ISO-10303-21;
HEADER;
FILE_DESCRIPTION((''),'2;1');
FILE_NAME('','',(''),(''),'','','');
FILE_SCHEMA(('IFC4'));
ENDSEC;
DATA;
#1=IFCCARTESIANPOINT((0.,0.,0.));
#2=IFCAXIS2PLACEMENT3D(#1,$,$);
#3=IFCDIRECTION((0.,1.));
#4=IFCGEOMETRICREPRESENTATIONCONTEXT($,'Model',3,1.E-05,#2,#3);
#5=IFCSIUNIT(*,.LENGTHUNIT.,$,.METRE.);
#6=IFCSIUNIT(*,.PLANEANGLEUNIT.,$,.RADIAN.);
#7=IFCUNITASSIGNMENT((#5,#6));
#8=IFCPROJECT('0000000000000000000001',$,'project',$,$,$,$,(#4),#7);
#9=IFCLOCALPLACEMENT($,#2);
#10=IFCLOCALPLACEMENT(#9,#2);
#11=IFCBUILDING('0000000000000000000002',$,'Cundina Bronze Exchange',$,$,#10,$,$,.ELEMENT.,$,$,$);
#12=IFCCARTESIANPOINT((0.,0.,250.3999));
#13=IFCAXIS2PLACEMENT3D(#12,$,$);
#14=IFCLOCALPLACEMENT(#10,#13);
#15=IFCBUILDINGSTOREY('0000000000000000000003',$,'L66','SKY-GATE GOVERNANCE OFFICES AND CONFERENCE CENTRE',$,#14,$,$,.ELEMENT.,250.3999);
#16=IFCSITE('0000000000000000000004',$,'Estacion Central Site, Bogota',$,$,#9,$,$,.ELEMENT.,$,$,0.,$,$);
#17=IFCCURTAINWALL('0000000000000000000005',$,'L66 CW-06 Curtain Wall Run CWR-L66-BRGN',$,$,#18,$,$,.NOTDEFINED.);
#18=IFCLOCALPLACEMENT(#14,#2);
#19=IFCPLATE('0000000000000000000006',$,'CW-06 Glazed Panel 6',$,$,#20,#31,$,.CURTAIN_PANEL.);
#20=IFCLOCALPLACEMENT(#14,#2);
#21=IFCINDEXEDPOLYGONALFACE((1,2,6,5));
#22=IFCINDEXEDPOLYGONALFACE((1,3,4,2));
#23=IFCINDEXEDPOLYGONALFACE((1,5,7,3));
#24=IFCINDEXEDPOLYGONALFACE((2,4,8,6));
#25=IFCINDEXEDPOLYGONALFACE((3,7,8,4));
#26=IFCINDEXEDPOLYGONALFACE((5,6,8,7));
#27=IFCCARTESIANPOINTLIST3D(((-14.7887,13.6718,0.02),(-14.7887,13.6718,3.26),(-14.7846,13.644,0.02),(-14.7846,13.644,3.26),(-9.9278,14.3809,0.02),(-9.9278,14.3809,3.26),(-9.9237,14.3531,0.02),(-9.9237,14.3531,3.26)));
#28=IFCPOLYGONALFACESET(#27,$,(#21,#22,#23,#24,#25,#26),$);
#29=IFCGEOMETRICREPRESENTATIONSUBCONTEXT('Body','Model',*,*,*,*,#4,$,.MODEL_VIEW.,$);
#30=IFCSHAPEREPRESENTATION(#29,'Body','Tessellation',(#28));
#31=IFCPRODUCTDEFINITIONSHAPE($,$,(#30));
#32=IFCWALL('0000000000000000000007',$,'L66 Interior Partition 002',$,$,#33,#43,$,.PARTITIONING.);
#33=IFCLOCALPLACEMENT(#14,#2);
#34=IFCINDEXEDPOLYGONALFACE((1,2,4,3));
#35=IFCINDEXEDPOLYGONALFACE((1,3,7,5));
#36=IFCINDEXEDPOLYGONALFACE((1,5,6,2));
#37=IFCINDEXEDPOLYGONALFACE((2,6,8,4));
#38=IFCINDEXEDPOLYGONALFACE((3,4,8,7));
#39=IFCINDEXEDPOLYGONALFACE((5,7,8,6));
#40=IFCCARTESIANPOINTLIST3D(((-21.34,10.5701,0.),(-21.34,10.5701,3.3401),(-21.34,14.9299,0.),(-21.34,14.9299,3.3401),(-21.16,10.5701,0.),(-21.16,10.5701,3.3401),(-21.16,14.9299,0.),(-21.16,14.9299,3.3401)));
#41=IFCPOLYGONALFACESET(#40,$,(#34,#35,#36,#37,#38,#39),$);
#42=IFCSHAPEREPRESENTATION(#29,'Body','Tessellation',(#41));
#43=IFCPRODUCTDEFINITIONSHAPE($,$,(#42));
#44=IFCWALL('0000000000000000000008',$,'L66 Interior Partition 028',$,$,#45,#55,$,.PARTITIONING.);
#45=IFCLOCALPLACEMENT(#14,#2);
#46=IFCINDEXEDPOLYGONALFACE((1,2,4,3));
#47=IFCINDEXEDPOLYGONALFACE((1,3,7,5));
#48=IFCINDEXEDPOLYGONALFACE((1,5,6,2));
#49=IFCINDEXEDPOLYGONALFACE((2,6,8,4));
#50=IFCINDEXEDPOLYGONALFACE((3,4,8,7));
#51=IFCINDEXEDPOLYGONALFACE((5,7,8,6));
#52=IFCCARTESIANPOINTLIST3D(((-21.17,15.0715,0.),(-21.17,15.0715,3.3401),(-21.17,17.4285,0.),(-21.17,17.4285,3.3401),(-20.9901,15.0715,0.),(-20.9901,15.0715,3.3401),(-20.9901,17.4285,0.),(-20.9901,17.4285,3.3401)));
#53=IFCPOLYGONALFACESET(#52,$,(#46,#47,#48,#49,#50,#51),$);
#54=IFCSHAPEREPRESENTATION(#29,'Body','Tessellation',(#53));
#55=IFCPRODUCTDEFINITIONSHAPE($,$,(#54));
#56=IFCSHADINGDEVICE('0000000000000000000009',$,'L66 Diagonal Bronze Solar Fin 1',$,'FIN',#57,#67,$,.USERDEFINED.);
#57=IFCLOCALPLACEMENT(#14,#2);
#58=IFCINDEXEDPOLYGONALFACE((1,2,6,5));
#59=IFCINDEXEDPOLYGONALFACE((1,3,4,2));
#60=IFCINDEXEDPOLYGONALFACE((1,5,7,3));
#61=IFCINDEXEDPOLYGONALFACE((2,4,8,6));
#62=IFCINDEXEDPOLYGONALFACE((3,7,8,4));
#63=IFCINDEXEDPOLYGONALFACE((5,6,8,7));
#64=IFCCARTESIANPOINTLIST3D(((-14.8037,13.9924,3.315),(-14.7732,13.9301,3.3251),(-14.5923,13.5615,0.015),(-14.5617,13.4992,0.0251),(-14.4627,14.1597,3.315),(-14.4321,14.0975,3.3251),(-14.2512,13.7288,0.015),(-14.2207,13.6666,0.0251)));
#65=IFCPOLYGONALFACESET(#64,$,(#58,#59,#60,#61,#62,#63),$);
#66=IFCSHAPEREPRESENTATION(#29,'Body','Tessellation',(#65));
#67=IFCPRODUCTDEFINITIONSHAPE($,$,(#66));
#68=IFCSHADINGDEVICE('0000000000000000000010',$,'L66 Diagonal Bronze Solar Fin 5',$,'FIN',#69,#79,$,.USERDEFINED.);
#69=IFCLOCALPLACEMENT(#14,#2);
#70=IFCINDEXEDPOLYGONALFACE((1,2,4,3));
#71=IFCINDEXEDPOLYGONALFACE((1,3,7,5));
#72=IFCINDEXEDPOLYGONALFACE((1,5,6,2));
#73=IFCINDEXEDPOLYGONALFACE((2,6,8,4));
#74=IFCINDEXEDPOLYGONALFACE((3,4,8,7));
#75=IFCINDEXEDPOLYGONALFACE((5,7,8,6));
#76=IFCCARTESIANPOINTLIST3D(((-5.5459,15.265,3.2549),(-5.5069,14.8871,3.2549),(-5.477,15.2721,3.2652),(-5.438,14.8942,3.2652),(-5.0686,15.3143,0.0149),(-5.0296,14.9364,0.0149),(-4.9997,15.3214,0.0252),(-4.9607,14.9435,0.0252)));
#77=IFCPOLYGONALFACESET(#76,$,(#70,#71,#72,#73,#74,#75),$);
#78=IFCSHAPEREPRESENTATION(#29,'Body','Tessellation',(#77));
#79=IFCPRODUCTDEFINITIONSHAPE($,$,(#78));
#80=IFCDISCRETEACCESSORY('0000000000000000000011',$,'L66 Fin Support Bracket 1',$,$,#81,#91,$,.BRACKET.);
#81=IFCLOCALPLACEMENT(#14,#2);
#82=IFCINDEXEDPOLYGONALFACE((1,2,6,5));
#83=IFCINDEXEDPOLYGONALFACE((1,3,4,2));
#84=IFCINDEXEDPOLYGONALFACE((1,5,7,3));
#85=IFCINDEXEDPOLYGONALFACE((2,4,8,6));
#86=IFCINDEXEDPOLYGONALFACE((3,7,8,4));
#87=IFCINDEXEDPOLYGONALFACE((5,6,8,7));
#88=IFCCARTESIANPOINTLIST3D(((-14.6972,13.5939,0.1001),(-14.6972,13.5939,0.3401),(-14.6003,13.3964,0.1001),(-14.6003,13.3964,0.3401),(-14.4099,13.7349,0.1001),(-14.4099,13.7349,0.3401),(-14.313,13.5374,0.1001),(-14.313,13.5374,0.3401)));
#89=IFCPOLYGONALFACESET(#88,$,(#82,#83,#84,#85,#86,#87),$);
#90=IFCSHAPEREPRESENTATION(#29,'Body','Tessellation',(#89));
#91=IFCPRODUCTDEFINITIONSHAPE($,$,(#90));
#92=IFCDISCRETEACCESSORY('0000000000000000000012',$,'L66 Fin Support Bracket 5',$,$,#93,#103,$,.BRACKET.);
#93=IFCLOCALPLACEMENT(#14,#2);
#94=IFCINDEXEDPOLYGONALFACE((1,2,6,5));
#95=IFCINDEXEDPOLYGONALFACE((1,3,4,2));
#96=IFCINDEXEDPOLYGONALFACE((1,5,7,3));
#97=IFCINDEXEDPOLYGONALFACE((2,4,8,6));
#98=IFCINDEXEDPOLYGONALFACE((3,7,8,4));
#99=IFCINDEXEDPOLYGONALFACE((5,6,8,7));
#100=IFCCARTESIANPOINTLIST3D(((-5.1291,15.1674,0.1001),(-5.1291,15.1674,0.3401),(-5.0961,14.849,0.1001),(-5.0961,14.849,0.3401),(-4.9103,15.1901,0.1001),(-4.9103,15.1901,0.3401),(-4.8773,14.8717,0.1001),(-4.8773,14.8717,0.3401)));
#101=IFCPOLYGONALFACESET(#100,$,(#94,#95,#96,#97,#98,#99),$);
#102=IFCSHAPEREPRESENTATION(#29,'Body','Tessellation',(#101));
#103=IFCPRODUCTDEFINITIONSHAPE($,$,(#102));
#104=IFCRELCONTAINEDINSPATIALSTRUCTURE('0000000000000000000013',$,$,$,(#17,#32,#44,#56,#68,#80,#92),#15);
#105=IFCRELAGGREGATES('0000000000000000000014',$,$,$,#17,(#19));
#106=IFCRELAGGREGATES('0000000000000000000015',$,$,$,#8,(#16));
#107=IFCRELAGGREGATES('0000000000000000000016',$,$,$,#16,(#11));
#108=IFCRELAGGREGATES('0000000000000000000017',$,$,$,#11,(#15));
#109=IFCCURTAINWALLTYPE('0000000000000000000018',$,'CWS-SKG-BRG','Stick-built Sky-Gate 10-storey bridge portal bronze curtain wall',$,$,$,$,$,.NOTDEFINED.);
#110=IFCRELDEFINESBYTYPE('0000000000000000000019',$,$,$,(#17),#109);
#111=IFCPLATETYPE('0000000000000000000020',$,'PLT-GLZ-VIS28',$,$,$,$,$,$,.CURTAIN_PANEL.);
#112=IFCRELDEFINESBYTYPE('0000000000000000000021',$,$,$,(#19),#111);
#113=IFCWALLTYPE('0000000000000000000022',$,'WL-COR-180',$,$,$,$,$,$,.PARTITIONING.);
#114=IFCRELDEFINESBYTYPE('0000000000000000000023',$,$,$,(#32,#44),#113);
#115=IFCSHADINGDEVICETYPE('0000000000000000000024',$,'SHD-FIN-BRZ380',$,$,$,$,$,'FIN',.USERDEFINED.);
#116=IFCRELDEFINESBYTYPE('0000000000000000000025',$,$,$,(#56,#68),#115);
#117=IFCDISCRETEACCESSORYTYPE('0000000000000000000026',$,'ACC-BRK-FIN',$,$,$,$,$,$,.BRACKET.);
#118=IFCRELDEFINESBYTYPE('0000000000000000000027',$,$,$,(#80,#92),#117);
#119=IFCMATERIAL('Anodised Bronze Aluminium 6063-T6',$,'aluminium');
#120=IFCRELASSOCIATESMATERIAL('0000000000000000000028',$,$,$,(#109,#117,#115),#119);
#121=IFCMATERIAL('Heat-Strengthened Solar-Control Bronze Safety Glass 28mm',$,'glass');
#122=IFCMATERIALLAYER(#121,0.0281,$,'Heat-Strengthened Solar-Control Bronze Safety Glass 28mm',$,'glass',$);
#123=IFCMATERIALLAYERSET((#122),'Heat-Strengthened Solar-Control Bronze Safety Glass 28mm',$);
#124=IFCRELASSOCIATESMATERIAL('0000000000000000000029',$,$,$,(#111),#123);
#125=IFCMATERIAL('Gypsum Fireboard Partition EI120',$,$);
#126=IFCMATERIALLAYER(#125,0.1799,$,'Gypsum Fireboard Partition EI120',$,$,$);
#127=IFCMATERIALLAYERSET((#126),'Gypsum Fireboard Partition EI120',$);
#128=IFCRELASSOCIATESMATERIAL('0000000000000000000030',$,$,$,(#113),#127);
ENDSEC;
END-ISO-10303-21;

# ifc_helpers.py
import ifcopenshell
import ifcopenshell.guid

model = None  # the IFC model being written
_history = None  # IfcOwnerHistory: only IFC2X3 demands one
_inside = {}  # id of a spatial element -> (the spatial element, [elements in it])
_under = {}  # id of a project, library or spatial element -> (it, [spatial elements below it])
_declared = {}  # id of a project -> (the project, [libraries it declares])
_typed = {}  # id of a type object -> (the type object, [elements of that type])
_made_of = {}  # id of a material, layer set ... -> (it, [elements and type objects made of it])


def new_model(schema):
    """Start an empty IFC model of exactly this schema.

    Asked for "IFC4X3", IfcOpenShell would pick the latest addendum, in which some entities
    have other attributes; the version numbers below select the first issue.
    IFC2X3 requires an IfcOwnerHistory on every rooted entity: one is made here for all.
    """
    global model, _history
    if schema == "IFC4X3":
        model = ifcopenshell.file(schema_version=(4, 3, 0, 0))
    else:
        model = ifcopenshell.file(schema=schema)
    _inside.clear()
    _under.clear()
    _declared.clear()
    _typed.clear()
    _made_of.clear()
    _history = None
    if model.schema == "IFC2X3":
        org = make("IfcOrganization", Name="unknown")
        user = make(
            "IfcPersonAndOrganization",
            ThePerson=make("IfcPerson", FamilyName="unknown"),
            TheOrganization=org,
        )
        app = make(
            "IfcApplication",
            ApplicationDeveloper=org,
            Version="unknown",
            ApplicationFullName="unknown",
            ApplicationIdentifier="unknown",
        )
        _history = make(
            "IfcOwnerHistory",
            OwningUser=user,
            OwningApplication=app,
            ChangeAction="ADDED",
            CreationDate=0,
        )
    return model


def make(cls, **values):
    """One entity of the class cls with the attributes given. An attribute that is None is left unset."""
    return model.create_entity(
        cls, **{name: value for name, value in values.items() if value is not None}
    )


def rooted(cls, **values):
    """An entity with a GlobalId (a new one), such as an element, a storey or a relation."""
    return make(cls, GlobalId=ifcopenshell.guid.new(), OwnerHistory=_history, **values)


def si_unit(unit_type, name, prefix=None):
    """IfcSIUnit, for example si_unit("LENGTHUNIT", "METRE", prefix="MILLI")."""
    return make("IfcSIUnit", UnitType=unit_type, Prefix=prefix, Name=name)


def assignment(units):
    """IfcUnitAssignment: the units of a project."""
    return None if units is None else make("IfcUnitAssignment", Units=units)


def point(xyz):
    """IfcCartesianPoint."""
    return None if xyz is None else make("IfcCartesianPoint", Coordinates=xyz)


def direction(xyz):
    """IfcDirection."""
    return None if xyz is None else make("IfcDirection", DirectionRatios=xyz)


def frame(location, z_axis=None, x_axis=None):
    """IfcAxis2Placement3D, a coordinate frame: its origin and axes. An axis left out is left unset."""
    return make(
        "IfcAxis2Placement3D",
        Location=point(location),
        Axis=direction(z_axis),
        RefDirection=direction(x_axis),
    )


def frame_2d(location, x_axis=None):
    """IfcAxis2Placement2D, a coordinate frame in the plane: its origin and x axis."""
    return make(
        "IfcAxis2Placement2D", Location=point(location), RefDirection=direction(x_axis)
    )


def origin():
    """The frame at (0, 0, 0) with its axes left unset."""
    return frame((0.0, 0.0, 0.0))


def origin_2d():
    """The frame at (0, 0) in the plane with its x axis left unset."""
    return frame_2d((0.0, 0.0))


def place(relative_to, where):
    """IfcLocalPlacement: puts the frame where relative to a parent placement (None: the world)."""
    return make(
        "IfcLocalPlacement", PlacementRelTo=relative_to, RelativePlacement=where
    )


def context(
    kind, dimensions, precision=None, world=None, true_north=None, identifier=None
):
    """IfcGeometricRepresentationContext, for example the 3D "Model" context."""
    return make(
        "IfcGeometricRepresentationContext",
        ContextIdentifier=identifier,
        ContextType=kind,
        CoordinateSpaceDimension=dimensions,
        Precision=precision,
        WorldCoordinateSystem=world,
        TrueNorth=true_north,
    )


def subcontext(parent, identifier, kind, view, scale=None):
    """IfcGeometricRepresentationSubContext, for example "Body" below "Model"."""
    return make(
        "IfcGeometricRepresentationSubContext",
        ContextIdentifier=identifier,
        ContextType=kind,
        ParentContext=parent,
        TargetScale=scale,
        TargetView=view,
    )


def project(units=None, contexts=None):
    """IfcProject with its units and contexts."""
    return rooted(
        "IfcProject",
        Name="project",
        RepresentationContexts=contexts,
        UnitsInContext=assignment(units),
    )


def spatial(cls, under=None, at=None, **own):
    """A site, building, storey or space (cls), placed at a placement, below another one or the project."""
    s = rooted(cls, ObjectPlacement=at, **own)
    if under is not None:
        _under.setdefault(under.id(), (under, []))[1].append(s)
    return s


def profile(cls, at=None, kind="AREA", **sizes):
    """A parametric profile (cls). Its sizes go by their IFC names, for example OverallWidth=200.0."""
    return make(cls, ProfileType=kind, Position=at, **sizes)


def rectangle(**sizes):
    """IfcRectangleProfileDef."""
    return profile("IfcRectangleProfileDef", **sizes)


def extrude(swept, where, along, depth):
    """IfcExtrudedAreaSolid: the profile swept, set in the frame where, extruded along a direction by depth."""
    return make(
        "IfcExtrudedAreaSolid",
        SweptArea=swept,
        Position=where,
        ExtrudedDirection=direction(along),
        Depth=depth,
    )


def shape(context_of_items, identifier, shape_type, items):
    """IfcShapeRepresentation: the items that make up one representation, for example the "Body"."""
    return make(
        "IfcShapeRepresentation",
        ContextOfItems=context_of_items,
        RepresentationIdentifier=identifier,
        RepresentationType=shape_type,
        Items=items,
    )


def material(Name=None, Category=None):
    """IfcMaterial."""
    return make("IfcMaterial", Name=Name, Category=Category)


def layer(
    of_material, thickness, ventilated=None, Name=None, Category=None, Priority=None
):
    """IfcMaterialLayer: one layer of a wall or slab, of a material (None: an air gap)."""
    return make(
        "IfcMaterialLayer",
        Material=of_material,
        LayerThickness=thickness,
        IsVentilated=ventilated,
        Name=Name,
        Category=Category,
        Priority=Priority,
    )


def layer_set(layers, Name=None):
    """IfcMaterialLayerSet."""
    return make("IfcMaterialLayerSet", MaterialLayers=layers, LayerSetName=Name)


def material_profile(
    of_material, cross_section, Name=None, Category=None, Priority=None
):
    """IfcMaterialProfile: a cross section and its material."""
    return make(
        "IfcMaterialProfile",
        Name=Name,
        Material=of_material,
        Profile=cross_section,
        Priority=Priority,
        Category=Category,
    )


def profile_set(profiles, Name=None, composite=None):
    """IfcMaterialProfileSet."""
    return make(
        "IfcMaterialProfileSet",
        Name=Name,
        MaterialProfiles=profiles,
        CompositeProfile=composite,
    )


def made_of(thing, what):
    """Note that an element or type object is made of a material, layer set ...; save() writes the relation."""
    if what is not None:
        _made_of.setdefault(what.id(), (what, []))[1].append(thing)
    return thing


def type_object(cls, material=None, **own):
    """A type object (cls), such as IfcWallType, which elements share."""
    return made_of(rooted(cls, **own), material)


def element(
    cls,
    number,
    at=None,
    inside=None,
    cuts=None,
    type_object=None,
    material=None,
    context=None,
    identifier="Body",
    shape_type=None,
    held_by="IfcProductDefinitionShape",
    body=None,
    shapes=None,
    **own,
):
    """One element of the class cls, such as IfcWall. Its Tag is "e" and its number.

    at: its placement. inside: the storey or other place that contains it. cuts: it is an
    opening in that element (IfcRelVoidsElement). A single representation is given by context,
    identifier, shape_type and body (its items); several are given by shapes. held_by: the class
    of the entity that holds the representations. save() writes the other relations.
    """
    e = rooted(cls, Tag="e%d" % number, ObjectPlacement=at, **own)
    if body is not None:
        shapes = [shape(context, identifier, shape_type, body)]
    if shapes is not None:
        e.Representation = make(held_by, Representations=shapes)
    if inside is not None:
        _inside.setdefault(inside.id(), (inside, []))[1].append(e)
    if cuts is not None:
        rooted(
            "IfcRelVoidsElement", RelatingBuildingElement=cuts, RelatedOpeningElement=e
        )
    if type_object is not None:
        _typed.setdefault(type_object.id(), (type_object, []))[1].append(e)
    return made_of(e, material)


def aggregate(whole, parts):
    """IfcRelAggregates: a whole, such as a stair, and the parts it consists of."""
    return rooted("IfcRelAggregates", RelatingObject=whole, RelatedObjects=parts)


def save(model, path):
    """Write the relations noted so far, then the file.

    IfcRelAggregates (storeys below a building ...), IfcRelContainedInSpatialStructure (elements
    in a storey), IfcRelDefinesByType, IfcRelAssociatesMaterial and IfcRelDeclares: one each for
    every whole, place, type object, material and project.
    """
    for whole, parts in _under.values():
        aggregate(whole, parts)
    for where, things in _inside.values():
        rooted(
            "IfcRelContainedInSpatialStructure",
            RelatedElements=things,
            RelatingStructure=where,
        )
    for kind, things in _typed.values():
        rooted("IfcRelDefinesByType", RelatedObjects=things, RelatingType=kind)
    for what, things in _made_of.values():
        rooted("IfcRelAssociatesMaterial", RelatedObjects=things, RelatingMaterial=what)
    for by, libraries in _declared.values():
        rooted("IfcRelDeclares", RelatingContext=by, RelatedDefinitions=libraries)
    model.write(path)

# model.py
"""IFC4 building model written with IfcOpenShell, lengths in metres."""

from ifc_helpers import new_model, si_unit, direction, frame, frame_2d, origin, origin_2d, place, context, subcontext, project, spatial, rectangle, extrude, material, layer, layer_set, material_profile, profile_set, type_object, element, aggregate, save


model = new_model("IFC4")

# Units and contexts
model_context = context("Model", 3, precision=1e-05, world=origin(), true_north=direction((0.0, 1.0)))
body_context = subcontext(model_context, "Body", "Model", "MODEL_VIEW")
ifc_project = project(units=[si_unit("LENGTHUNIT", "METRE"), si_unit("PLANEANGLEUNIT", "RADIAN")], contexts=[model_context])

# Site, building, storey
site_placement = place(None, origin())
site = spatial("IfcSite", under=ifc_project, at=site_placement, Name="Estacion Central Site, Bogota", CompositionType="ELEMENT", RefElevation=0.0)
building_placement = place(site_placement, origin())
building = spatial("IfcBuilding", under=site, at=building_placement, Name="Cundina Bronze Exchange", CompositionType="ELEMENT")
storey_placement = place(building_placement, frame((0.0, 0.0, 250.3999)))
storey = spatial("IfcBuildingStorey", under=building, at=storey_placement, Name="L66", Description="SKY-GATE GOVERNANCE OFFICES AND CONFERENCE CENTRE", CompositionType="ELEMENT", Elevation=250.3999)

# Curtain wall
ifc_material_1 = material(Name="Anodised Bronze Aluminium 6063-T6", Category="aluminium")
curtain_wall_type = type_object("IfcCurtainWallType", Name="CWS-SKG-BRG", Description="Stick-built Sky-Gate 10-storey bridge portal bronze curtain wall", PredefinedType="NOTDEFINED", material=ifc_material_1)
curtain_wall_1_placement = place(storey_placement, origin())
curtain_wall_1 = element("IfcCurtainWall", 1, at=curtain_wall_1_placement, inside=storey, type_object=curtain_wall_type, Name="L66 CW-06 Curtain Wall Run CWR-L66-BRGN", PredefinedType="NOTDEFINED")

# Plate
ifc_material_2 = material(Name="Heat-Strengthened Solar-Control Bronze Safety Glass 28mm", Category="glass")
ifc_layer_1 = layer(ifc_material_2, 0.0281, Name="Heat-Strengthened Solar-Control Bronze Safety Glass 28mm", Category="glass")
ifc_layer_set_1 = layer_set([ifc_layer_1], Name="Heat-Strengthened Solar-Control Bronze Safety Glass 28mm")
plate_type = type_object("IfcPlateType", Name="PLT-GLZ-VIS28", PredefinedType="CURTAIN_PANEL", material=ifc_layer_set_1)
plate_1_placement = place(storey_placement, frame((-12.3562, 14.0125, 0.02), z_axis=(0.0, 0.0, 1.0), x_axis=(-0.989528, -0.144339, 0.0)))
plate_1 = element("IfcPlate", 2, at=plate_1_placement, type_object=plate_type, Name="CW-06 Glazed Panel 6", PredefinedType="CURTAIN_PANEL", context=body_context, shape_type="SweptSolid", body=[
    extrude(rectangle(XDim=4.9124, YDim=0.0281, at=origin_2d()), origin(), (0.0, 0.0, 1.0), 3.24),
])
aggregate(curtain_wall_1, [plate_1])

# Wall
ifc_material_3 = material(Name="Gypsum Fireboard Partition EI120")
ifc_layer_2 = layer(ifc_material_3, 0.1799, Name="Gypsum Fireboard Partition EI120")
ifc_layer_set_2 = layer_set([ifc_layer_2], Name="Gypsum Fireboard Partition EI120")
wall_type = type_object("IfcWallType", Name="WL-COR-180", PredefinedType="PARTITIONING", material=ifc_layer_set_2)
wall_1_placement = place(storey_placement, frame((-21.25, 10.5701, 0.0), z_axis=(0.0, 0.0, 1.0), x_axis=(0.0, 1.0, 0.0)))
element("IfcWall", 3, at=wall_1_placement, inside=storey, type_object=wall_type, Name="L66 Interior Partition 002", PredefinedType="PARTITIONING", context=body_context, shape_type="SweptSolid", body=[
    extrude(rectangle(XDim=4.3599, YDim=0.1799, at=frame_2d((2.1799, 0.0))), origin(), (0.0, 0.0, 1.0), 3.3401),
])

# Wall
wall_2_placement = place(storey_placement, frame((-21.0801, 15.0715, 0.0), z_axis=(0.0, 0.0, 1.0), x_axis=(0.0, 1.0, 0.0)))
element("IfcWall", 4, at=wall_2_placement, inside=storey, type_object=wall_type, Name="L66 Interior Partition 028", PredefinedType="PARTITIONING", context=body_context, shape_type="SweptSolid", body=[
    extrude(rectangle(XDim=2.3569, YDim=0.1799, at=frame_2d((1.1785, 0.0))), origin(), (0.0, 0.0, 1.0), 3.3401),
])

# Shading devices
ifc_material_profile_1 = material_profile(ifc_material_1, rectangle(XDim=0.0701, YDim=0.3799, at=origin_2d()), Name="FIN70X380", Category="aluminium")
ifc_profile_set_1 = profile_set([ifc_material_profile_1], Name="Anodised Bronze Aluminium 6063-T6")
shading_device_type = type_object("IfcShadingDeviceType", Name="SHD-FIN-BRZ380", ElementType="FIN", PredefinedType="USERDEFINED", material=ifc_profile_set_1)
shading_device_1_placement = place(storey_placement, frame((-14.4065, 13.614, 0.02), z_axis=(-0.0634, 0.129217, 0.989588), x_axis=(0.4359, -0.888411, 0.143932)))
element("IfcShadingDevice", 5, at=shading_device_1_placement, inside=storey, type_object=shading_device_type, Name="L66 Diagonal Bronze Solar Fin 1", ObjectType="FIN", PredefinedType="USERDEFINED", context=body_context, shape_type="SweptSolid", body=[
    extrude(rectangle(XDim=0.0701, YDim=0.3799, at=origin_2d()), origin(), (0.0, 0.0, 1.0), 3.3347),
])
shading_device_2_placement = place(storey_placement, frame((-5.0146, 15.1289, 0.02), z_axis=(-0.145724, -0.015057, 0.989211), x_axis=(0.983972, 0.101669, 0.1465)))
element("IfcShadingDevice", 6, at=shading_device_2_placement, inside=storey, type_object=shading_device_type, Name="L66 Diagonal Bronze Solar Fin 5", ObjectType="FIN", PredefinedType="USERDEFINED", context=body_context, shape_type="SweptSolid", body=[
    extrude(rectangle(XDim=0.0701, YDim=0.3799, at=origin_2d()), origin(), (0.0, 0.0, 1.0), 3.2754),
])

# Discrete accessories
discrete_accessory_type = type_object("IfcDiscreteAccessoryType", Name="ACC-BRK-FIN", PredefinedType="BRACKET", material=ifc_material_1)
for number, where, z_axis, x_axis, name in (
    (7, (-14.5051, 13.5657, 0.1001), (0.0, 0.0, 1.0), (-0.440503, 0.897751, 0.0), "L66 Fin Support Bracket 1"),
    (8, (-5.0032, 15.0195, 0.1001), (0.0, 0.0, 1.0), (-0.994672, -0.103088, 0.0), "L66 Fin Support Bracket 5"),
):
    element("IfcDiscreteAccessory", number, at=place(storey_placement, frame(where, z_axis=z_axis, x_axis=x_axis)), inside=storey, type_object=discrete_accessory_type, Name=name, PredefinedType="BRACKET", context=body_context, shape_type="SweptSolid", body=[
        extrude(rectangle(XDim=0.22, YDim=0.3201, at=origin_2d()), origin(), (0.0, 0.0, 1.0), 0.24),
    ])

save(model, "model.ifc")
